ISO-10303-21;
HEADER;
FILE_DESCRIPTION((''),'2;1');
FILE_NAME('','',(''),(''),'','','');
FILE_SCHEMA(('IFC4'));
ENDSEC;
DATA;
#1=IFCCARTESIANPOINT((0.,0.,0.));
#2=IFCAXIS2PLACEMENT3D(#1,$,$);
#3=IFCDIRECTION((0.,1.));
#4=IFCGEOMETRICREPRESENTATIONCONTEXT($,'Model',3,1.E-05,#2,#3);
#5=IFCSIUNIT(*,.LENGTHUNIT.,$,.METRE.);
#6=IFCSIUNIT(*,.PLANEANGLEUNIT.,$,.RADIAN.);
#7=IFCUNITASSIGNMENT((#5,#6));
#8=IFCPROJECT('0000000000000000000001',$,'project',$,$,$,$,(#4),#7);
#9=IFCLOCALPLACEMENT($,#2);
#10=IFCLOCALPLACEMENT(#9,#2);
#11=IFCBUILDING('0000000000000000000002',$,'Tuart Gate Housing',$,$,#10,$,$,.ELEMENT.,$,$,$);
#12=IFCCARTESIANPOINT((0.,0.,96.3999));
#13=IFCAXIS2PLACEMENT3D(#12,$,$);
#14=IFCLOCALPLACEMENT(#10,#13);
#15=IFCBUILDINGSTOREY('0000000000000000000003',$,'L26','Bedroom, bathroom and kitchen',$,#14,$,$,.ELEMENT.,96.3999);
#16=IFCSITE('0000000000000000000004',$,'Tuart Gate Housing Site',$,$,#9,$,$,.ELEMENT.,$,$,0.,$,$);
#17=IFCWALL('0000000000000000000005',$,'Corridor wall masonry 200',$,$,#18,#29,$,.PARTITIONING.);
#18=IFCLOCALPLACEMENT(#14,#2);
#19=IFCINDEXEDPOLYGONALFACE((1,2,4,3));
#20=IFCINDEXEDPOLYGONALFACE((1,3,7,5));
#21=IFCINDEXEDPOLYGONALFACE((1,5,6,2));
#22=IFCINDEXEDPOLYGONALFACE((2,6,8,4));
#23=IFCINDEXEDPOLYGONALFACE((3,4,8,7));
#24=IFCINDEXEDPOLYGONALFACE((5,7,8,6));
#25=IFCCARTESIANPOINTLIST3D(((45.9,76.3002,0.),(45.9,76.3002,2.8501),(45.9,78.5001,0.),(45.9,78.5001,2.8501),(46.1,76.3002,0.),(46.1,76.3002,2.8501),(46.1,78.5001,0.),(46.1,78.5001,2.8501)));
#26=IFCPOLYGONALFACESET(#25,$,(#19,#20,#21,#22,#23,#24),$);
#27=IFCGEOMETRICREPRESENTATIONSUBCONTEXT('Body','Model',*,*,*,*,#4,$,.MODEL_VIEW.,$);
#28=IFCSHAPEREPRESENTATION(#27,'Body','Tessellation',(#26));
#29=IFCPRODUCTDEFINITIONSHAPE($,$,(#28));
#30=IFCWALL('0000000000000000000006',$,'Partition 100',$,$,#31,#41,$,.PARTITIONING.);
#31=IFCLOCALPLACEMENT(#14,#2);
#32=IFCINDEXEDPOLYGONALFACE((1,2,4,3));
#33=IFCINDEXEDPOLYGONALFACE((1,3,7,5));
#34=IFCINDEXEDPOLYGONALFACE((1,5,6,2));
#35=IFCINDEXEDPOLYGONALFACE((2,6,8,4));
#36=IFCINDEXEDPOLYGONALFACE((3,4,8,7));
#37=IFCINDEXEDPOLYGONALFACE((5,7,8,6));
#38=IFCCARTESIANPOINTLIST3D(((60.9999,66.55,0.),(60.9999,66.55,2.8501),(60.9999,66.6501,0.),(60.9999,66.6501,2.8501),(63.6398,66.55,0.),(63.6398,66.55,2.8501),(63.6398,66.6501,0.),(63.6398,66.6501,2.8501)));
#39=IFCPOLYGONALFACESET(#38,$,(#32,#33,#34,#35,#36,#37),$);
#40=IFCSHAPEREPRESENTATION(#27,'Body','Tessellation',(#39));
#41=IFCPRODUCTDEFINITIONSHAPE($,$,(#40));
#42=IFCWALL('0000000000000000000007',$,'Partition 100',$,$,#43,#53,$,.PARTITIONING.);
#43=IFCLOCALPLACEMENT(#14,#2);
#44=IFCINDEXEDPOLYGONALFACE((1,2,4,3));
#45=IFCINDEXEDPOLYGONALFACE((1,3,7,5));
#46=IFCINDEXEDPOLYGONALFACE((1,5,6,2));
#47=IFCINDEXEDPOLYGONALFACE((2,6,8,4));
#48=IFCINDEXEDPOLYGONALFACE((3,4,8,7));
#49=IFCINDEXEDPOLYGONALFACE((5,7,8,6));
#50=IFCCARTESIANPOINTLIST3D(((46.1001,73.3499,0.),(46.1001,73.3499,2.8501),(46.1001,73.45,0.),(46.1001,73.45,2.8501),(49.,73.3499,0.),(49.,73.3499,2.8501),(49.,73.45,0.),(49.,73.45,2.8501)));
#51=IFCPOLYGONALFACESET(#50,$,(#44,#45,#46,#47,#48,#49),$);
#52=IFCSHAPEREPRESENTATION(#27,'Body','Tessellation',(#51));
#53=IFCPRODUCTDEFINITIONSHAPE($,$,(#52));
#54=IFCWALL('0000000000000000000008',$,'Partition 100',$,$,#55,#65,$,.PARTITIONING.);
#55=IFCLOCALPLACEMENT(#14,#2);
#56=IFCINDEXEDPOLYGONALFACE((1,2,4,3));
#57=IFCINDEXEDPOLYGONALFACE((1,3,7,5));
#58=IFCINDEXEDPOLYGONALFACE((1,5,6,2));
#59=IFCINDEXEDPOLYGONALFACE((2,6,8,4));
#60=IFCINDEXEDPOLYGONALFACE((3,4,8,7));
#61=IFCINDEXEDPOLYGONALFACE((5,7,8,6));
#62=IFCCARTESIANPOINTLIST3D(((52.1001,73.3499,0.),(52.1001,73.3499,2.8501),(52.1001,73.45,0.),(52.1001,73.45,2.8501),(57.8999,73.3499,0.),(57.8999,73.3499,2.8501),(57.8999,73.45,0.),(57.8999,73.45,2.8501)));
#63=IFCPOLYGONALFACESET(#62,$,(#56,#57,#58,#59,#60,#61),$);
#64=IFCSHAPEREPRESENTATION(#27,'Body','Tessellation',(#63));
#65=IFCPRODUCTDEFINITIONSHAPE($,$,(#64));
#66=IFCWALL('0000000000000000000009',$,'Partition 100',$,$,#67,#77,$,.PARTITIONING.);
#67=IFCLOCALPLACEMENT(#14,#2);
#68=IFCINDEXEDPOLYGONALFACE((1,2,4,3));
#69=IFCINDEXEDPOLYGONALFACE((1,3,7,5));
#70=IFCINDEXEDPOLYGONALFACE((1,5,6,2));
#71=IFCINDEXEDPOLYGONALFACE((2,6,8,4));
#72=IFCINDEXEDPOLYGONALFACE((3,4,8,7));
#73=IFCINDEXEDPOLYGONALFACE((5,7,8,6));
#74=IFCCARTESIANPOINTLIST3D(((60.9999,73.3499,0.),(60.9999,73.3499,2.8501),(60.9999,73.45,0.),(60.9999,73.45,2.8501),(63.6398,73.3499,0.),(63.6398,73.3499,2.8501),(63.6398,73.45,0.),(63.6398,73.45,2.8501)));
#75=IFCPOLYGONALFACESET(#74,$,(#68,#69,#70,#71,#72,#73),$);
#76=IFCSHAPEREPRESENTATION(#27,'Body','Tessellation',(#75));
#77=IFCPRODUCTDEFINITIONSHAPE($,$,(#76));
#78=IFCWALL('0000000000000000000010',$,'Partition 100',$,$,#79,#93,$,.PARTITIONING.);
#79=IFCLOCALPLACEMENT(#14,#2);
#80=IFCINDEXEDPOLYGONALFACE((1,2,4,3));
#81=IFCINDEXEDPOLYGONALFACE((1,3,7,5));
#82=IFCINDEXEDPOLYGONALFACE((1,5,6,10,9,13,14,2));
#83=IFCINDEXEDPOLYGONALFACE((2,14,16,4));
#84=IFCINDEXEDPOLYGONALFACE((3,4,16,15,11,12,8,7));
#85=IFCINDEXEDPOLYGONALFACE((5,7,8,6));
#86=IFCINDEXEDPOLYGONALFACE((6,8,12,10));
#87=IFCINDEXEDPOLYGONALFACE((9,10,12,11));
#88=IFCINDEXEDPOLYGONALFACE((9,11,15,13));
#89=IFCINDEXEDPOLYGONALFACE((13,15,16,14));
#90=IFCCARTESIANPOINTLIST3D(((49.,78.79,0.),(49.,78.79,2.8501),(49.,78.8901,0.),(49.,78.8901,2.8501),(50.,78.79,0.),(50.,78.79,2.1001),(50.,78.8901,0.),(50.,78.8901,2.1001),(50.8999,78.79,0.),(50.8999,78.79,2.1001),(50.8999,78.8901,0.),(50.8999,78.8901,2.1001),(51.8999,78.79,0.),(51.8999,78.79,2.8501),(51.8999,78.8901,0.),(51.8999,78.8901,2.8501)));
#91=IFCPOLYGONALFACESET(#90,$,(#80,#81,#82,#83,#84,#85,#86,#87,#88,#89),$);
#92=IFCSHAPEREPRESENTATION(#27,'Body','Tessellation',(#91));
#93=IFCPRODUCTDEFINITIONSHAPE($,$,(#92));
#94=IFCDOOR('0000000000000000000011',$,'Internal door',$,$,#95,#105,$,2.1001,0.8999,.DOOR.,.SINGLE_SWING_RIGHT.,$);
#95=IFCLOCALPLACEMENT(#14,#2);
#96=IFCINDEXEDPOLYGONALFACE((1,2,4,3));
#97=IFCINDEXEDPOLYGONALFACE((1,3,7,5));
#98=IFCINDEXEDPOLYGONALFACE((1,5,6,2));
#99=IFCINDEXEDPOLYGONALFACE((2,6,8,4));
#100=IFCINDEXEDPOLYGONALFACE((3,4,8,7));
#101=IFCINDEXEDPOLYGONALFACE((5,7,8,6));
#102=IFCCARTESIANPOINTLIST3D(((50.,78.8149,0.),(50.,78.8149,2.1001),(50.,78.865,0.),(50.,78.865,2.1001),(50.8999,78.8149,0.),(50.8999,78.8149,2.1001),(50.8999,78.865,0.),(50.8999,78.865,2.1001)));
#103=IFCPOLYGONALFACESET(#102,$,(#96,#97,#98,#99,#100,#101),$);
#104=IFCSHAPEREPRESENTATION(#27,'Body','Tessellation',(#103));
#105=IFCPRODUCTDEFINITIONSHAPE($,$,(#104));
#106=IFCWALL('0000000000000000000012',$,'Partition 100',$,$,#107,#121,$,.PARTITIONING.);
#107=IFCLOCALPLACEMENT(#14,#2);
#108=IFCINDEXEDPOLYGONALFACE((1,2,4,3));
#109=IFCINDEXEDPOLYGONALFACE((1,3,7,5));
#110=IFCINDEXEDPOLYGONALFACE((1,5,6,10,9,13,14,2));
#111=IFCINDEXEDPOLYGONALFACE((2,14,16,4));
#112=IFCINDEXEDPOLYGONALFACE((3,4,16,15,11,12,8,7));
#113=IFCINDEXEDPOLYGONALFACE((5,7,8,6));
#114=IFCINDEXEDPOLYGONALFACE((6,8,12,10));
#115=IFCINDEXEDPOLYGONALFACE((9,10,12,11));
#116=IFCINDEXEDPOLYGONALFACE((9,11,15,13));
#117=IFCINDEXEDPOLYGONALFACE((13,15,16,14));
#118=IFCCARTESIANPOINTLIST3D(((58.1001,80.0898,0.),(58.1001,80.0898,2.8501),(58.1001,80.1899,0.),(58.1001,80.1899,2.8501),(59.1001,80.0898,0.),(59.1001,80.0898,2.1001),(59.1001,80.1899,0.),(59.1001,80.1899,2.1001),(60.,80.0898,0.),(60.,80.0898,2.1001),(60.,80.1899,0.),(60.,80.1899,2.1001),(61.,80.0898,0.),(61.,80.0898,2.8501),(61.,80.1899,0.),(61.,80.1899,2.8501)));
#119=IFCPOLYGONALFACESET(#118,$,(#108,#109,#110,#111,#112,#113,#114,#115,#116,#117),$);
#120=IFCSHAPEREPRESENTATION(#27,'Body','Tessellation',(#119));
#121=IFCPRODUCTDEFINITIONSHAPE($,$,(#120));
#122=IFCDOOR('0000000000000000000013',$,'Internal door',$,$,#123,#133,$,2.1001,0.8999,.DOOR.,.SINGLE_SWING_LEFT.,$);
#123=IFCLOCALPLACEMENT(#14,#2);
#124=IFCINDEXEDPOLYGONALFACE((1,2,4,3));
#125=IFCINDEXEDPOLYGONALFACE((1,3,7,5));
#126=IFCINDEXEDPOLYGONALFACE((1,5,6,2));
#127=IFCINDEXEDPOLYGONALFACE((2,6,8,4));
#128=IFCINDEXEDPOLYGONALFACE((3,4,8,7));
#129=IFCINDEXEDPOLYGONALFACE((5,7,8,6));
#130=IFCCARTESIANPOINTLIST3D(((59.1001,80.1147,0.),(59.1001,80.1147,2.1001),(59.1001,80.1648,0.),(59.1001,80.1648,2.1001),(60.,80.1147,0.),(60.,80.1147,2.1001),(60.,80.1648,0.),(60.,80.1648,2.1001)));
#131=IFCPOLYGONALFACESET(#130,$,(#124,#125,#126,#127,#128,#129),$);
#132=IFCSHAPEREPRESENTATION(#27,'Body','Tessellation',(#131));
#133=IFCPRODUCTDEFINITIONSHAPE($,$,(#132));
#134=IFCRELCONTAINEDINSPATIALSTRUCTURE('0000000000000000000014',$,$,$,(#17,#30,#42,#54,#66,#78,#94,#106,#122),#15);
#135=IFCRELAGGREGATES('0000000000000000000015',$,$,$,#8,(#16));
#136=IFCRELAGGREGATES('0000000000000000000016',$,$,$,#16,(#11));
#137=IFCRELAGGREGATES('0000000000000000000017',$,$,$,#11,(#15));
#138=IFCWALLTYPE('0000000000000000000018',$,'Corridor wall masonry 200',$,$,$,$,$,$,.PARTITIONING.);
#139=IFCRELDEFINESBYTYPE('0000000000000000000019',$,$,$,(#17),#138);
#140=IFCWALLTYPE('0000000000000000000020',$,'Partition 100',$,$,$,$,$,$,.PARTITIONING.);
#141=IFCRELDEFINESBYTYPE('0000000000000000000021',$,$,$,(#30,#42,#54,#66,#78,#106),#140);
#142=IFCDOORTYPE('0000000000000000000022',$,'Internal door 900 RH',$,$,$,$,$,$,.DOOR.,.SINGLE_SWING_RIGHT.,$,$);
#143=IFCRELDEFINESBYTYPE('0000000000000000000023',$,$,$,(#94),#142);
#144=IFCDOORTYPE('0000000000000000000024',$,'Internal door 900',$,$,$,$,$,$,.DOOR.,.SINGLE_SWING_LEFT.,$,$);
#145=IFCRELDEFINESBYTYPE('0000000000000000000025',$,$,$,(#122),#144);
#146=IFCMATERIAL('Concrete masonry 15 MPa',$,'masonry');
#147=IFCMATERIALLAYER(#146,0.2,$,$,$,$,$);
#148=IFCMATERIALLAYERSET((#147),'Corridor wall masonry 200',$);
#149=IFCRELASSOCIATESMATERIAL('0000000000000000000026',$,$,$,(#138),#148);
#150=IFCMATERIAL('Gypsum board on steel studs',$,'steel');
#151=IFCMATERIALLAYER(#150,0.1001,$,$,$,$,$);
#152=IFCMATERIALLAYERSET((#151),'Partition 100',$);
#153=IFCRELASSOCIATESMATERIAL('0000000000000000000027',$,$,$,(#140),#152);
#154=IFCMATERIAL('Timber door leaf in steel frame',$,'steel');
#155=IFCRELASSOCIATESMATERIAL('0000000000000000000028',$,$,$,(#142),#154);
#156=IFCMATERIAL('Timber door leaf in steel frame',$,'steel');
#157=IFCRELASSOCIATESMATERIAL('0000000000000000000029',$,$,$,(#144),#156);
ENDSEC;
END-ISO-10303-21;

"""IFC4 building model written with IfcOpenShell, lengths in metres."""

from ifc_helpers import new_model, si_unit, direction, frame, frame_2d, origin, place, context, subcontext, project, spatial, rectangle, extrude, material, layer, layer_set, type_object, element, fill, save


model = new_model("IFC4")

# Units and contexts
model_context = context("Model", 3, precision=1e-05, world=origin(), true_north=direction((0.0, 1.0)))
body_context = subcontext(model_context, "Body", "Model", "MODEL_VIEW")
ifc_project = project(units=[si_unit("LENGTHUNIT", "METRE"), si_unit("PLANEANGLEUNIT", "RADIAN")], contexts=[model_context])

# Site, building, storey
site_placement = place(None, origin())
site = spatial("IfcSite", under=ifc_project, at=site_placement, Name="Tuart Gate Housing Site", CompositionType="ELEMENT", RefElevation=0.0)
building_placement = place(site_placement, origin())
building = spatial("IfcBuilding", under=site, at=building_placement, Name="Tuart Gate Housing", CompositionType="ELEMENT")
storey_placement = place(building_placement, frame((0.0, 0.0, 96.3999)))
storey = spatial("IfcBuildingStorey", under=building, at=storey_placement, Name="L26", Description="Bedroom, bathroom and kitchen", CompositionType="ELEMENT", Elevation=96.3999)

# Walls
ifc_material_1 = material(Name="Concrete masonry 15 MPa", Category="masonry")
ifc_layer_1 = layer(ifc_material_1, 0.2)
ifc_layer_set_1 = layer_set([ifc_layer_1], Name="Corridor wall masonry 200")
wall_type_1 = type_object("IfcWallType", Name="Corridor wall masonry 200", PredefinedType="PARTITIONING", material=ifc_layer_set_1)
wall_1_placement = place(storey_placement, frame((46.0, 76.3, 0.0), z_axis=(0.0, 0.0, 1.0), x_axis=(0.0, 1.0, 0.0)))
element("IfcWall", 1, at=wall_1_placement, inside=storey, type_object=wall_type_1, Name="Corridor wall masonry 200", PredefinedType="PARTITIONING", context=body_context, shape_type="SweptSolid", body=[
    extrude(rectangle(XDim=2.2, YDim=0.2, at=frame_2d((1.1001, 0.0))), origin(), (0.0, 0.0, 1.0), 2.8501),
])
ifc_material_2 = material(Name="Gypsum board on steel studs", Category="steel")
ifc_layer_2 = layer(ifc_material_2, 0.1001)
ifc_layer_set_2 = layer_set([ifc_layer_2], Name="Partition 100")
wall_type_2 = type_object("IfcWallType", Name="Partition 100", PredefinedType="PARTITIONING", material=ifc_layer_set_2)
wall_2_placement = place(storey_placement, frame((61.0, 66.6001, 0.0), z_axis=(0.0, 0.0, 1.0), x_axis=(1.0, 0.0, 0.0)))
element("IfcWall", 2, at=wall_2_placement, inside=storey, type_object=wall_type_2, Name="Partition 100", PredefinedType="PARTITIONING", context=body_context, shape_type="SweptSolid", body=[
    extrude(rectangle(XDim=2.6399, YDim=0.1001, at=frame_2d((1.3198, 0.0))), origin(), (0.0, 0.0, 1.0), 2.8501),
])
wall_3_placement = place(storey_placement, frame((46.1001, 73.3999, 0.0), z_axis=(0.0, 0.0, 1.0), x_axis=(1.0, 0.0, 0.0)))
element("IfcWall", 3, at=wall_3_placement, inside=storey, type_object=wall_type_2, Name="Partition 100", PredefinedType="PARTITIONING", context=body_context, shape_type="SweptSolid", body=[
    extrude(rectangle(XDim=2.8999, YDim=0.1001, at=frame_2d((1.45, 0.0))), origin(), (0.0, 0.0, 1.0), 2.8501),
])
wall_4_placement = place(storey_placement, frame((52.1001, 73.3999, 0.0), z_axis=(0.0, 0.0, 1.0), x_axis=(1.0, 0.0, 0.0)))
element("IfcWall", 4, at=wall_4_placement, inside=storey, type_object=wall_type_2, Name="Partition 100", PredefinedType="PARTITIONING", context=body_context, shape_type="SweptSolid", body=[
    extrude(rectangle(XDim=5.7998, YDim=0.1001, at=frame_2d((2.8999, 0.0))), origin(), (0.0, 0.0, 1.0), 2.8501),
])
wall_5_placement = place(storey_placement, frame((61.0, 73.3999, 0.0), z_axis=(0.0, 0.0, 1.0), x_axis=(1.0, 0.0, 0.0)))
element("IfcWall", 5, at=wall_5_placement, inside=storey, type_object=wall_type_2, Name="Partition 100", PredefinedType="PARTITIONING", context=body_context, shape_type="SweptSolid", body=[
    extrude(rectangle(XDim=2.6399, YDim=0.1001, at=frame_2d((1.3198, 0.0))), origin(), (0.0, 0.0, 1.0), 2.8501),
])

# Walls, openings, doors
wall_6_placement = place(storey_placement, frame((49.0, 78.8401, 0.0), z_axis=(0.0, 0.0, 1.0), x_axis=(1.0, 0.0, 0.0)))
wall_6 = element("IfcWall", 6, at=wall_6_placement, inside=storey, type_object=wall_type_2, Name="Partition 100", PredefinedType="PARTITIONING", context=body_context, shape_type="SweptSolid", body=[
    extrude(rectangle(XDim=2.8999, YDim=0.1001, at=frame_2d((1.45, 0.0))), origin(), (0.0, 0.0, 1.0), 2.8501),
])
opening_1_placement = place(wall_6_placement, frame((1.0, 0.0, 0.0)))
opening_1 = element("IfcOpeningElement", 7, at=opening_1_placement, cuts=wall_6, PredefinedType="OPENING", context=body_context, shape_type="SweptSolid", body=[
    extrude(rectangle(XDim=0.8999, YDim=2.1001, at=frame_2d((0.45, 1.05))), frame((0.0, 0.0601, 0.0), z_axis=(0.0, -1.0, 0.0), x_axis=(1.0, 0.0, 0.0)), (0.0, 0.0, 1.0), 0.1201),
])
ifc_material_3 = material(Name="Timber door leaf in steel frame", Category="steel")
door_type_1 = type_object("IfcDoorType", Name="Internal door 900 RH", OperationType="SINGLE_SWING_RIGHT", PredefinedType="DOOR", material=ifc_material_3)
door_1_placement = place(opening_1_placement, frame((0.8999, 0.0, 0.0), z_axis=(0.0, 0.0, 1.0), x_axis=(-1.0, 0.0, 0.0)))
door_1 = element("IfcDoor", 8, at=door_1_placement, inside=storey, type_object=door_type_1, Name="Internal door", OperationType="SINGLE_SWING_RIGHT", OverallHeight=2.1001, OverallWidth=0.8999, PredefinedType="DOOR", context=body_context, shape_type="SweptSolid", body=[
    extrude(rectangle(XDim=0.8999, YDim=2.1001, at=frame_2d((0.45, 1.05))), frame((0.0, 0.0251, 0.0), z_axis=(0.0, -1.0, 0.0), x_axis=(1.0, 0.0, 0.0)), (0.0, 0.0, 1.0), 0.05),
])
fill(opening_1, door_1)
wall_7_placement = place(storey_placement, frame((58.1001, 80.1399, 0.0), z_axis=(0.0, 0.0, 1.0), x_axis=(1.0, 0.0, 0.0)))
wall_7 = element("IfcWall", 9, at=wall_7_placement, inside=storey, type_object=wall_type_2, Name="Partition 100", PredefinedType="PARTITIONING", context=body_context, shape_type="SweptSolid", body=[
    extrude(rectangle(XDim=2.8999, YDim=0.1001, at=frame_2d((1.45, 0.0))), origin(), (0.0, 0.0, 1.0), 2.8501),
])
opening_2_placement = place(wall_7_placement, frame((1.0, 0.0, 0.0)))
opening_2 = element("IfcOpeningElement", 10, at=opening_2_placement, cuts=wall_7, PredefinedType="OPENING", context=body_context, shape_type="SweptSolid", body=[
    extrude(rectangle(XDim=0.8999, YDim=2.1001, at=frame_2d((0.45, 1.05))), frame((0.0, 0.0601, 0.0), z_axis=(0.0, -1.0, 0.0), x_axis=(1.0, 0.0, 0.0)), (0.0, 0.0, 1.0), 0.1201),
])
ifc_material_4 = material(Name="Timber door leaf in steel frame", Category="steel")
door_type_2 = type_object("IfcDoorType", Name="Internal door 900", OperationType="SINGLE_SWING_LEFT", PredefinedType="DOOR", material=ifc_material_4)
door_2_placement = place(opening_2_placement, frame((0.8999, 0.0, 0.0), z_axis=(0.0, 0.0, 1.0), x_axis=(-1.0, 0.0, 0.0)))
door_2 = element("IfcDoor", 11, at=door_2_placement, inside=storey, type_object=door_type_2, Name="Internal door", OperationType="SINGLE_SWING_LEFT", OverallHeight=2.1001, OverallWidth=0.8999, PredefinedType="DOOR", context=body_context, shape_type="SweptSolid", body=[
    extrude(rectangle(XDim=0.8999, YDim=2.1001, at=frame_2d((0.45, 1.05))), frame((0.0, 0.0251, 0.0), z_axis=(0.0, -1.0, 0.0), x_axis=(1.0, 0.0, 0.0)), (0.0, 0.0, 1.0), 0.05),
])
fill(opening_2, door_2)

save(model, "model.ifc")
